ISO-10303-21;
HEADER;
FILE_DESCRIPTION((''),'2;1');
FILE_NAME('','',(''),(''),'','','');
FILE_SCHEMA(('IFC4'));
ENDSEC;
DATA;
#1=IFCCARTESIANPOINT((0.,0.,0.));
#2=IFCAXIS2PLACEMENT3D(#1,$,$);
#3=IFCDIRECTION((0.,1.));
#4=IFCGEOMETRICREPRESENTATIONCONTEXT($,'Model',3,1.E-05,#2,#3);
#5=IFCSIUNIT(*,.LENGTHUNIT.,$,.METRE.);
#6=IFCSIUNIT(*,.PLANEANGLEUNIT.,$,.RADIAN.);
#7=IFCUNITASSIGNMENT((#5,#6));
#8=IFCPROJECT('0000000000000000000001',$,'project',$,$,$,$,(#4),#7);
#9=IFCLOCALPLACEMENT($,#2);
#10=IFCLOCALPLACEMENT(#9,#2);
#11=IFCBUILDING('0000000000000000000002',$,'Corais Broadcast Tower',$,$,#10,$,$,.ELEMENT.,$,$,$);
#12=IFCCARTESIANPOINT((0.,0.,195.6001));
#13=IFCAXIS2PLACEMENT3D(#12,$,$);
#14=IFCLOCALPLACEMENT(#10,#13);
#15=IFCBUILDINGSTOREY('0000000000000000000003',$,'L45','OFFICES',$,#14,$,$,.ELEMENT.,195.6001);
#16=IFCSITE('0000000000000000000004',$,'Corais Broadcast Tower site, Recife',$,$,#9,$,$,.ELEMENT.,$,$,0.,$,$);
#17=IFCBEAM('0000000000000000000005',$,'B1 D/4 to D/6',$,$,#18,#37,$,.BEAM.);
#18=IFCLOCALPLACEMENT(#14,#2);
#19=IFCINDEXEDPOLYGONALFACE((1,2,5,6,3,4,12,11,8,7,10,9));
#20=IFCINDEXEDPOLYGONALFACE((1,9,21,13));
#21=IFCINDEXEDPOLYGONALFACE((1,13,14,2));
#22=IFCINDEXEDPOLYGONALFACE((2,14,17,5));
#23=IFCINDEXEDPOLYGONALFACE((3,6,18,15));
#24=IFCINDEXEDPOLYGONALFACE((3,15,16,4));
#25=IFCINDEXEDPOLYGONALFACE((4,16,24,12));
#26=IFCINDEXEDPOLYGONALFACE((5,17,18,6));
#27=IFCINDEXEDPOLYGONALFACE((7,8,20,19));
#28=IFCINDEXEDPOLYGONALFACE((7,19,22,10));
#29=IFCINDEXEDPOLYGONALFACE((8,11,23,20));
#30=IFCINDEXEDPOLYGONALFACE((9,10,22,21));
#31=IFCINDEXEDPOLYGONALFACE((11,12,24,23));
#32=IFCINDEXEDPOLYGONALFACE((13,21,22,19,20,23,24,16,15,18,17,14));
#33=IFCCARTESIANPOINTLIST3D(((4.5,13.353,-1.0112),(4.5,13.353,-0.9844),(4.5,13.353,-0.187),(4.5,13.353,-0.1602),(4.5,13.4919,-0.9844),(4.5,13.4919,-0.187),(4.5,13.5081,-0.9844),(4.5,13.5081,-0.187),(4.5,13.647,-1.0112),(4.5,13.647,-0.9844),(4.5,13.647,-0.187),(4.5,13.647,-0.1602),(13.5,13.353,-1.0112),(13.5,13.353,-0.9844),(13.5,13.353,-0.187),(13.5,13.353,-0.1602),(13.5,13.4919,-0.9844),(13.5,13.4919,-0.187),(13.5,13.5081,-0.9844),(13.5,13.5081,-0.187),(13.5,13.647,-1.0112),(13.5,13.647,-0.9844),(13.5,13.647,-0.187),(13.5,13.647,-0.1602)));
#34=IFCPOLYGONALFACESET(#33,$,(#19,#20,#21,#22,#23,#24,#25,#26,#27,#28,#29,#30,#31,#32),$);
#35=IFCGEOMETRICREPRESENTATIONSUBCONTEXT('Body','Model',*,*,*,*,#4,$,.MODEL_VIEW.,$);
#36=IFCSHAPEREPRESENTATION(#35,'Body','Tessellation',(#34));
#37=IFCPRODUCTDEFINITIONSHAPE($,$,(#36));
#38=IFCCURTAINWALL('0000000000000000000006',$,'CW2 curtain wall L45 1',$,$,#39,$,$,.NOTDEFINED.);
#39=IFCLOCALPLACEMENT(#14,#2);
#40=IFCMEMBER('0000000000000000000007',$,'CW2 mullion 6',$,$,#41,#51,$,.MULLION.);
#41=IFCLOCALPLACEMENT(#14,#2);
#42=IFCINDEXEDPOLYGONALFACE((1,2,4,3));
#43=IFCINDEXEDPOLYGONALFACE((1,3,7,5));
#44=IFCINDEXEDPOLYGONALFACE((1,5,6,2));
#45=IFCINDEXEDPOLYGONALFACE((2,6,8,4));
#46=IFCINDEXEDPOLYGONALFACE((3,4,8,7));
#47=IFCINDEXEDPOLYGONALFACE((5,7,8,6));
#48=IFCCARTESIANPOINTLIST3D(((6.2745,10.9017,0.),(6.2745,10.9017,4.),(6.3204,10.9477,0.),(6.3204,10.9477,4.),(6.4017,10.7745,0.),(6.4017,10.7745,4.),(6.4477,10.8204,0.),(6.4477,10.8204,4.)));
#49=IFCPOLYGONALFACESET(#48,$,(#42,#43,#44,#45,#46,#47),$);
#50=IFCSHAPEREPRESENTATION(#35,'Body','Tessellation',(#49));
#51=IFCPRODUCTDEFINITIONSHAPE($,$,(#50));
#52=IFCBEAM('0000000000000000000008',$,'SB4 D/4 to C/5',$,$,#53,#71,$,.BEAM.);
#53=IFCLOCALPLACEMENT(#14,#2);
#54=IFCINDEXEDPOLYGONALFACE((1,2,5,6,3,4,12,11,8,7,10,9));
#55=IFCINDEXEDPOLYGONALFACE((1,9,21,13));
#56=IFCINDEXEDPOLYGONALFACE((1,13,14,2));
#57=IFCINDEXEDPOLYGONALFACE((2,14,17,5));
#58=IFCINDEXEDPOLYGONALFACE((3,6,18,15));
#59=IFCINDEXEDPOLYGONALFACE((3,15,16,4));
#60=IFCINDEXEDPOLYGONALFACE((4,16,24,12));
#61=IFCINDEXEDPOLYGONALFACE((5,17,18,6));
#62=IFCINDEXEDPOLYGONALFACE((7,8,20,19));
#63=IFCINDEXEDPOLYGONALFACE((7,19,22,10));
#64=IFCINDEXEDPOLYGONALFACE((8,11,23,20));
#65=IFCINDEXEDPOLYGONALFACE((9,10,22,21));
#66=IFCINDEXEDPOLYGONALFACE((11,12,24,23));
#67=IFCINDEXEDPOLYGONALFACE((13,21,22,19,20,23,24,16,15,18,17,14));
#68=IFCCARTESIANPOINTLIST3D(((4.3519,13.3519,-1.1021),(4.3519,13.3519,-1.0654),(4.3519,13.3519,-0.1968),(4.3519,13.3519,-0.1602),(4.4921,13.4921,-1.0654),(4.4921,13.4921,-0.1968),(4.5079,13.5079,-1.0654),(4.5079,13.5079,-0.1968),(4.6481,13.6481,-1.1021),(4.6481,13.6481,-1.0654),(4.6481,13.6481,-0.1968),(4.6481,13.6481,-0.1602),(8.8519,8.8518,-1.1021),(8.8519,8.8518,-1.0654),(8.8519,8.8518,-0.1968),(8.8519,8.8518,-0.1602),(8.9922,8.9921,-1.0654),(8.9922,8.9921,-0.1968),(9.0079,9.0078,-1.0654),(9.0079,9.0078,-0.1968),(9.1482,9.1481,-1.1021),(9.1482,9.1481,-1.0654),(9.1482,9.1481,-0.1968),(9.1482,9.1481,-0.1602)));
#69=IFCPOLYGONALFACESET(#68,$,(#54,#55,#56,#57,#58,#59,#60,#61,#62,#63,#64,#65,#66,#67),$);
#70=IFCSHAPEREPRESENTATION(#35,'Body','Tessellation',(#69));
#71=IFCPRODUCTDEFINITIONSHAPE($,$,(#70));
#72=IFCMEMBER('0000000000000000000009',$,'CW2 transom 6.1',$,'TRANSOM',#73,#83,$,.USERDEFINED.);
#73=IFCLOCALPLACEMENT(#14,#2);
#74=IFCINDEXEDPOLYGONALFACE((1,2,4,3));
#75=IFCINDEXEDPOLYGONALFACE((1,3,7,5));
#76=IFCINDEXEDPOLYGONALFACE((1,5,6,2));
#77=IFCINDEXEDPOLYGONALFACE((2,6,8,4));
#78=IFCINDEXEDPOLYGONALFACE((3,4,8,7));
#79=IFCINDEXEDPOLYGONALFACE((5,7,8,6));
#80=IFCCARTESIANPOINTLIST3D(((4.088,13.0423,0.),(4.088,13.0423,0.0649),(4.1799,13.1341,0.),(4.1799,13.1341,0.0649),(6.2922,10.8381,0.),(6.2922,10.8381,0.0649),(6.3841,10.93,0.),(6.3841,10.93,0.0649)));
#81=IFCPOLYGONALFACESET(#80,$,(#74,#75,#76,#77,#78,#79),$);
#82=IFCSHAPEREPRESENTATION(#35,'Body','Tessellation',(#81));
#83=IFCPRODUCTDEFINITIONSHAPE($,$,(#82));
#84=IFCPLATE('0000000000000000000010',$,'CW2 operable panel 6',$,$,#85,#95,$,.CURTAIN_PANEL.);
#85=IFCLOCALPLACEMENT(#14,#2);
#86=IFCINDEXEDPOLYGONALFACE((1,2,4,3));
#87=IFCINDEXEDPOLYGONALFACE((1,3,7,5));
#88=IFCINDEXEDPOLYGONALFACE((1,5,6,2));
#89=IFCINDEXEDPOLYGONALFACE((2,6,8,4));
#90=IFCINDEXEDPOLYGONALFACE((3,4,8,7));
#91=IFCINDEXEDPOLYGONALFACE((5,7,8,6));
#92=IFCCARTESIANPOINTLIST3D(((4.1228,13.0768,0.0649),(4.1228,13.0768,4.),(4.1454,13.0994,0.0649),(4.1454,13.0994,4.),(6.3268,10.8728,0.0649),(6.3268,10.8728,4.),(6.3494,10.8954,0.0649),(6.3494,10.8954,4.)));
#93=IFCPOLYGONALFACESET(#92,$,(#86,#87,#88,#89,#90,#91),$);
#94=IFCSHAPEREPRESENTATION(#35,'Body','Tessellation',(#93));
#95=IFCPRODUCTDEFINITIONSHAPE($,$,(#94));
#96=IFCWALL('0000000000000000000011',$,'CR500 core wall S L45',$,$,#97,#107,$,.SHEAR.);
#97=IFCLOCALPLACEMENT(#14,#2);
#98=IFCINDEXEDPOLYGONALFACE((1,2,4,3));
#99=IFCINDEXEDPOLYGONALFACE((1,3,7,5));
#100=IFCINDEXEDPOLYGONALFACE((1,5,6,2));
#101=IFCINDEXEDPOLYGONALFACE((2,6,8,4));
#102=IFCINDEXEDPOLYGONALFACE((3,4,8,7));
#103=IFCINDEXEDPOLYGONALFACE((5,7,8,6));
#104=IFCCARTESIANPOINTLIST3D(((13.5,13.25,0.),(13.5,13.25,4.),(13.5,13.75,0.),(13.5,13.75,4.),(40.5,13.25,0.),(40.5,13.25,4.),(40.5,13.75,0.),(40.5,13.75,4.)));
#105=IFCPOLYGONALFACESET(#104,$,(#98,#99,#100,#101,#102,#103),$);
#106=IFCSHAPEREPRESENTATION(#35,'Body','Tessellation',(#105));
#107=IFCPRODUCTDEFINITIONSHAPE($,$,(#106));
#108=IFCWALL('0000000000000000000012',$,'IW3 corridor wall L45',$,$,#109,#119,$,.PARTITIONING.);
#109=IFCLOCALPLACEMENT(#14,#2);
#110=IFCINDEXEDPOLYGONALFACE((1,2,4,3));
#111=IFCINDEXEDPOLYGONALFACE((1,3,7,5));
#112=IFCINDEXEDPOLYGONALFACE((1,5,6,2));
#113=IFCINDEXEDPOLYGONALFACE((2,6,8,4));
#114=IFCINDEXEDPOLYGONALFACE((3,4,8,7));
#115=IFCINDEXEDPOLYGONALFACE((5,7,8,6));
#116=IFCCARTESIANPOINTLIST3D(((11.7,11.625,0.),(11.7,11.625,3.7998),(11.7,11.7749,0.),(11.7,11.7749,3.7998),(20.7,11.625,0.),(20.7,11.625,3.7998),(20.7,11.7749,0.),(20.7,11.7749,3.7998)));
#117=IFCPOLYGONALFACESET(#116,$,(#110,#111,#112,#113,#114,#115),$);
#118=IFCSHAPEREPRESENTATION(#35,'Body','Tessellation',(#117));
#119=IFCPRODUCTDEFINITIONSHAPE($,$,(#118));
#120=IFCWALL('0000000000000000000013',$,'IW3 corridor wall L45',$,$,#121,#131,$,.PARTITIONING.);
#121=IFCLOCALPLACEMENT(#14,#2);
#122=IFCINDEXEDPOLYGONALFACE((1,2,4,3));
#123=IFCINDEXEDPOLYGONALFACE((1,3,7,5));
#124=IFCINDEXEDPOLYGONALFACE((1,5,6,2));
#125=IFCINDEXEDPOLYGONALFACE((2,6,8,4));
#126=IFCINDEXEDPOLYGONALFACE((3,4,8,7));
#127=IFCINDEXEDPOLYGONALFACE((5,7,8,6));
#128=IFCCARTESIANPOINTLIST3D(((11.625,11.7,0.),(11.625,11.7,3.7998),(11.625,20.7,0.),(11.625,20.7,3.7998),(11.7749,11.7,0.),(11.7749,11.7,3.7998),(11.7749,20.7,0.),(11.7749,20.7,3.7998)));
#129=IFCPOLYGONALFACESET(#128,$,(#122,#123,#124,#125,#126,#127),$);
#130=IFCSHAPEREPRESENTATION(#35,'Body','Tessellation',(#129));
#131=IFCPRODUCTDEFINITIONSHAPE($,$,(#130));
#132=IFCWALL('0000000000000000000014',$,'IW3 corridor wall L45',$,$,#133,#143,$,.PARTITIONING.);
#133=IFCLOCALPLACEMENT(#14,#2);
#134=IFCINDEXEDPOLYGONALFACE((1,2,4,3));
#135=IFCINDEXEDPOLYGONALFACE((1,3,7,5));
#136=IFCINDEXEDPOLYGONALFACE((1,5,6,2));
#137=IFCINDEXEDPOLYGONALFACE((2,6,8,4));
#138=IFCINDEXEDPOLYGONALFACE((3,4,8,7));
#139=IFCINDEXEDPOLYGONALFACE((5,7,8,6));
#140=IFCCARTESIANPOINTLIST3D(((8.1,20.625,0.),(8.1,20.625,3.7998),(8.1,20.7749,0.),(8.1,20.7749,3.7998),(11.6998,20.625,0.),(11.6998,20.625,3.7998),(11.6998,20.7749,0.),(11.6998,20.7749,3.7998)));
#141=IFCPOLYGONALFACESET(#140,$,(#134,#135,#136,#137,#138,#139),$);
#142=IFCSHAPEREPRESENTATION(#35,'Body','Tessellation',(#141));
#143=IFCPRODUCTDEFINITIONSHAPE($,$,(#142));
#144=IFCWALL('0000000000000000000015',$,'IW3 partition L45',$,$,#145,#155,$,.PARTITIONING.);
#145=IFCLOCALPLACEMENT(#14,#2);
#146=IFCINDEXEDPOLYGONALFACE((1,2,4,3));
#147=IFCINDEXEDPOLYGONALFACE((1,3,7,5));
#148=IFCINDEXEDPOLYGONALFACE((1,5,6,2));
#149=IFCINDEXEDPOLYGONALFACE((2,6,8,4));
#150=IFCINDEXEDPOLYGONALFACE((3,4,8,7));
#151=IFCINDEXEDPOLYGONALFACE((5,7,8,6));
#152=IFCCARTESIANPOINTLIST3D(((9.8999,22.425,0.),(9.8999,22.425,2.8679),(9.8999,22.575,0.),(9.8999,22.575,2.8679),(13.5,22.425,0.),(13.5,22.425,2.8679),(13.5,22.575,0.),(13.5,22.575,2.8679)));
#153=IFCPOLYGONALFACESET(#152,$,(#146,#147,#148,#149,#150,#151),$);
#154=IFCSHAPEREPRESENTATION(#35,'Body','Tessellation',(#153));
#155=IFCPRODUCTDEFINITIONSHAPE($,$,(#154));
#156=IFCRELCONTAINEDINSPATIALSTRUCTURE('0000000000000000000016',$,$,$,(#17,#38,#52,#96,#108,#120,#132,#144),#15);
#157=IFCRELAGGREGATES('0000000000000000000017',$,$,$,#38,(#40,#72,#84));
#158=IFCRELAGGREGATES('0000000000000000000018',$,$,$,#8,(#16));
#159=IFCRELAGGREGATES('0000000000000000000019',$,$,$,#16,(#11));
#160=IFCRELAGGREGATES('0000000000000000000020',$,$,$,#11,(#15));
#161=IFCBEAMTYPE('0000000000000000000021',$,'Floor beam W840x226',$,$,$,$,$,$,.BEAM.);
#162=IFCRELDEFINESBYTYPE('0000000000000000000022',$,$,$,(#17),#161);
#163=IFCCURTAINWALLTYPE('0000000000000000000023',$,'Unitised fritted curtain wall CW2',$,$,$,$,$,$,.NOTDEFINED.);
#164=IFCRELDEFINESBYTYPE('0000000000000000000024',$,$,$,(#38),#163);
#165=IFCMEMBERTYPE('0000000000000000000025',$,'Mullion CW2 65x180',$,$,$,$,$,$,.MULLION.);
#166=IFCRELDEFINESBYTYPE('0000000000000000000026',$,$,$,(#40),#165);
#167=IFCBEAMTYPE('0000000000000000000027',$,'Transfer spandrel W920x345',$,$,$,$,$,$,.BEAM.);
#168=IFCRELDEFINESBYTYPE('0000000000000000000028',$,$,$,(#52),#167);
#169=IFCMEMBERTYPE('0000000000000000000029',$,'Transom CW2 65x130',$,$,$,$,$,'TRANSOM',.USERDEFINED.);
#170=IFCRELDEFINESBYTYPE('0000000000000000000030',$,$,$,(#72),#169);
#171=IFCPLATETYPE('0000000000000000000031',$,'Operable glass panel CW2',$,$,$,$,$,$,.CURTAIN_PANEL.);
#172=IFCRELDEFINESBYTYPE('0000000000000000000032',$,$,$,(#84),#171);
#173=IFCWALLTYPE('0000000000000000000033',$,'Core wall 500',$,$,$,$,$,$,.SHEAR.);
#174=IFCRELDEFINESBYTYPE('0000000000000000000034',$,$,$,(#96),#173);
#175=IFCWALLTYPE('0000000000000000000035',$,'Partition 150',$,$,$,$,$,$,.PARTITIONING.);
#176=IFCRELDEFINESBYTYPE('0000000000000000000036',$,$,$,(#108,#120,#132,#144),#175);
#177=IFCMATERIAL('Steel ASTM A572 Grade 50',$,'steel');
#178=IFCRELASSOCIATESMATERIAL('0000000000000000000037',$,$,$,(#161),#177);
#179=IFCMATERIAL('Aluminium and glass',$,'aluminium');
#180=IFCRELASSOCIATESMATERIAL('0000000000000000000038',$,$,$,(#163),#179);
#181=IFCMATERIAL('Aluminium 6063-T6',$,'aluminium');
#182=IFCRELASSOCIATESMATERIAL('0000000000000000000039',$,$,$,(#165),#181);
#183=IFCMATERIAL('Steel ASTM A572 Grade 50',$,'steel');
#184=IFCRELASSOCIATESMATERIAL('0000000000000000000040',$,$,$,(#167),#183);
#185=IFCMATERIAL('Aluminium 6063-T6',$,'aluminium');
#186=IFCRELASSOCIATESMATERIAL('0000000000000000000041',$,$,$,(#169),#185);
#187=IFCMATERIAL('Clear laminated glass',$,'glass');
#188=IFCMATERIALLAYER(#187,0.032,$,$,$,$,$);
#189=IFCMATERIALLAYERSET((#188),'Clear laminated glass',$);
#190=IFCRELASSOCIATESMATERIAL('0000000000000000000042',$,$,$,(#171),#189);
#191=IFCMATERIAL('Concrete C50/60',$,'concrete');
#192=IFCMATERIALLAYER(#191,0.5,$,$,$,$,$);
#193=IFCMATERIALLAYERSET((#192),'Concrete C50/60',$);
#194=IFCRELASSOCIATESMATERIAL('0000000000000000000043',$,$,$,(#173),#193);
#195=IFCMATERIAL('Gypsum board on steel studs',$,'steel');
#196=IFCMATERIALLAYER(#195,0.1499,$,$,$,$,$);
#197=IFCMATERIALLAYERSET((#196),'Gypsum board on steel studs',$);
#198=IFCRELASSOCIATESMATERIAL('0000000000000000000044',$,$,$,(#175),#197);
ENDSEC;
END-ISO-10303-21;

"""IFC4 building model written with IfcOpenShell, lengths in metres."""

from ifc_helpers import new_model, si_unit, direction, frame, frame_2d, origin, origin_2d, place, context, subcontext, project, spatial, rectangle, i_section, extrude, material, layer, layer_set, material_profile, profile_set, type_object, element, aggregate, save


model = new_model("IFC4")

# Units and contexts
model_context = context("Model", 3, precision=1e-05, world=origin(), true_north=direction((0.0, 1.0)))
body_context = subcontext(model_context, "Body", "Model", "MODEL_VIEW")
ifc_project = project(units=[si_unit("LENGTHUNIT", "METRE"), si_unit("PLANEANGLEUNIT", "RADIAN")], contexts=[model_context])

# Site, building, storey
site_placement = place(None, origin())
site = spatial("IfcSite", under=ifc_project, at=site_placement, Name="Corais Broadcast Tower site, Recife", CompositionType="ELEMENT", RefElevation=0.0)
building_placement = place(site_placement, origin())
building = spatial("IfcBuilding", under=site, at=building_placement, Name="Corais Broadcast Tower", CompositionType="ELEMENT")
storey_placement = place(building_placement, frame((0.0, 0.0, 195.6001)))
storey = spatial("IfcBuildingStorey", under=building, at=storey_placement, Name="L45", Description="OFFICES", CompositionType="ELEMENT", Elevation=195.6001)

# Beam
ifc_material_1 = material(Name="Steel ASTM A572 Grade 50", Category="steel")
ifc_material_profile_1 = material_profile(ifc_material_1, i_section(OverallWidth=0.2939, OverallDepth=0.8511, WebThickness=0.0161, FlangeThickness=0.0269, at=origin_2d()), Name="W840x226")
ifc_profile_set_1 = profile_set([ifc_material_profile_1], Name="Steel ASTM A572 Grade 50")
beam_type_1 = type_object("IfcBeamType", Name="Floor beam W840x226", PredefinedType="BEAM", material=ifc_profile_set_1)
beam_1_placement = place(storey_placement, frame((4.5, 13.5, -0.5857), z_axis=(1.0, 0.0, 0.0), x_axis=(0.0, 1.0, 0.0)))
element("IfcBeam", 1, at=beam_1_placement, inside=storey, type_object=beam_type_1, Name="B1 D/4 to D/6", PredefinedType="BEAM", context=body_context, shape_type="SweptSolid", body=[
    extrude(i_section(OverallWidth=0.2939, OverallDepth=0.8511, WebThickness=0.0161, FlangeThickness=0.0269, at=origin_2d()), origin(), (0.0, 0.0, 1.0), 9.0),
])

# Curtain wall, member
ifc_material_2 = material(Name="Aluminium and glass", Category="aluminium")
curtain_wall_type = type_object("IfcCurtainWallType", Name="Unitised fritted curtain wall CW2", PredefinedType="NOTDEFINED", material=ifc_material_2)
curtain_wall_placement = place(storey_placement, origin())
curtain_wall = element("IfcCurtainWall", 2, at=curtain_wall_placement, inside=storey, type_object=curtain_wall_type, Name="CW2 curtain wall L45 1", PredefinedType="NOTDEFINED")
ifc_material_3 = material(Name="Aluminium 6063-T6", Category="aluminium")
ifc_material_profile_2 = material_profile(ifc_material_3, rectangle(XDim=0.0649, YDim=0.1799, at=origin_2d()), Name="Mullion CW2 65x180")
ifc_profile_set_2 = profile_set([ifc_material_profile_2], Name="Aluminium 6063-T6")
member_type_1 = type_object("IfcMemberType", Name="Mullion CW2 65x180", PredefinedType="MULLION", material=ifc_profile_set_2)
member_1_placement = place(storey_placement, frame((6.3611, 10.8611, 0.0), z_axis=(0.0, 0.0, 1.0), x_axis=(-0.707107, -0.707107, 0.0)))
member_1 = element("IfcMember", 3, at=member_1_placement, type_object=member_type_1, Name="CW2 mullion 6", PredefinedType="MULLION", context=body_context, shape_type="SweptSolid", body=[
    extrude(rectangle(XDim=0.0649, YDim=0.1799, at=origin_2d()), origin(), (0.0, 0.0, 1.0), 4.0),
])

# Beam
ifc_material_4 = material(Name="Steel ASTM A572 Grade 50", Category="steel")
ifc_material_profile_3 = material_profile(ifc_material_4, i_section(OverallWidth=0.4189, OverallDepth=0.9419, WebThickness=0.0222, FlangeThickness=0.0366, at=origin_2d()), Name="W920x345")
ifc_profile_set_3 = profile_set([ifc_material_profile_3], Name="Steel ASTM A572 Grade 50")
beam_type_2 = type_object("IfcBeamType", Name="Transfer spandrel W920x345", PredefinedType="BEAM", material=ifc_profile_set_3)
beam_2_placement = place(storey_placement, frame((4.5, 13.5, -0.6311), z_axis=(0.707107, -0.707107, 0.0), x_axis=(0.707107, 0.707107, 0.0)))
element("IfcBeam", 4, at=beam_2_placement, inside=storey, type_object=beam_type_2, Name="SB4 D/4 to C/5", PredefinedType="BEAM", context=body_context, shape_type="SweptSolid", body=[
    extrude(i_section(OverallWidth=0.4189, OverallDepth=0.9419, WebThickness=0.0222, FlangeThickness=0.0366, at=origin_2d()), origin(), (0.0, 0.0, 1.0), 6.364),
])

# Member
ifc_material_5 = material(Name="Aluminium 6063-T6", Category="aluminium")
ifc_material_profile_4 = material_profile(ifc_material_5, rectangle(XDim=0.1299, YDim=0.0649, at=origin_2d()), Name="Transom CW2 65x130")
ifc_profile_set_4 = profile_set([ifc_material_profile_4], Name="Aluminium 6063-T6")
member_type_2 = type_object("IfcMemberType", Name="Transom CW2 65x130", ElementType="TRANSOM", PredefinedType="USERDEFINED", material=ifc_profile_set_4)
member_2_placement = place(storey_placement, frame((6.3381, 10.884, 0.0325), z_axis=(-0.707107, 0.707107, 0.0), x_axis=(-0.707107, -0.707107, 0.0)))
member_2 = element("IfcMember", 5, at=member_2_placement, type_object=member_type_2, Name="CW2 transom 6.1", ObjectType="TRANSOM", PredefinedType="USERDEFINED", context=body_context, shape_type="SweptSolid", body=[
    extrude(rectangle(XDim=0.1299, YDim=0.0649, at=origin_2d()), origin(), (0.0, 0.0, 1.0), 3.1172),
])

# Plate
ifc_material_6 = material(Name="Clear laminated glass", Category="glass")
ifc_layer_1 = layer(ifc_material_6, 0.032)
ifc_layer_set_1 = layer_set([ifc_layer_1], Name="Clear laminated glass")
plate_type = type_object("IfcPlateType", Name="Operable glass panel CW2", PredefinedType="CURTAIN_PANEL", material=ifc_layer_set_1)
plate_placement = place(storey_placement, frame((5.2361, 11.9861, 0.0649), z_axis=(0.0, 0.0, 1.0), x_axis=(-0.707107, 0.707107, 0.0)))
plate = element("IfcPlate", 6, at=plate_placement, type_object=plate_type, Name="CW2 operable panel 6", PredefinedType="CURTAIN_PANEL", context=body_context, shape_type="SweptSolid", body=[
    extrude(rectangle(XDim=3.1169, YDim=0.032, at=origin_2d()), origin(), (0.0, 0.0, 1.0), 3.9351),
])
aggregate(curtain_wall, [member_1, member_2, plate])

# Walls
ifc_material_7 = material(Name="Concrete C50/60", Category="concrete")
ifc_layer_2 = layer(ifc_material_7, 0.5)
ifc_layer_set_2 = layer_set([ifc_layer_2], Name="Concrete C50/60")
wall_type_1 = type_object("IfcWallType", Name="Core wall 500", PredefinedType="SHEAR", material=ifc_layer_set_2)
wall_1_placement = place(storey_placement, frame((13.5, 13.5, 0.0), z_axis=(0.0, 0.0, 1.0), x_axis=(1.0, 0.0, 0.0)))
element("IfcWall", 7, at=wall_1_placement, inside=storey, type_object=wall_type_1, Name="CR500 core wall S L45", PredefinedType="SHEAR", context=body_context, shape_type="SweptSolid", body=[
    extrude(rectangle(XDim=27.0, YDim=0.5, at=frame_2d((13.5, 0.0))), origin(), (0.0, 0.0, 1.0), 4.0),
])
ifc_material_8 = material(Name="Gypsum board on steel studs", Category="steel")
ifc_layer_3 = layer(ifc_material_8, 0.1499)
ifc_layer_set_3 = layer_set([ifc_layer_3], Name="Gypsum board on steel studs")
wall_type_2 = type_object("IfcWallType", Name="Partition 150", PredefinedType="PARTITIONING", material=ifc_layer_set_3)
for number, where, z_axis, x_axis, name in (
    (8, (11.7, 11.7, 0.0), (0.0, 0.0, 1.0), (1.0, 0.0, 0.0), "IW3 corridor wall L45"),
    (9, (11.7, 20.7, 0.0), (0.0, 0.0, 1.0), (0.0, -1.0, 0.0), "IW3 corridor wall L45"),
):
    element("IfcWall", number, at=place(storey_placement, frame(where, z_axis=z_axis, x_axis=x_axis)), inside=storey, type_object=wall_type_2, Name=name, PredefinedType="PARTITIONING", context=body_context, shape_type="SweptSolid", body=[
        extrude(rectangle(XDim=9.0, YDim=0.1499, at=frame_2d((4.5, 0.0))), origin(), (0.0, 0.0, 1.0), 3.7998),
    ])
wall_2_placement = place(storey_placement, frame((8.1001, 20.7, 0.0), z_axis=(0.0, 0.0, 1.0), x_axis=(1.0, 0.0, 0.0)))
element("IfcWall", 10, at=wall_2_placement, inside=storey, type_object=wall_type_2, Name="IW3 corridor wall L45", PredefinedType="PARTITIONING", context=body_context, shape_type="SweptSolid", body=[
    extrude(rectangle(XDim=3.5999, YDim=0.1499, at=frame_2d((1.7998, 0.0))), origin(), (0.0, 0.0, 1.0), 3.7998),
])
wall_3_placement = place(storey_placement, frame((9.8999, 22.5, 0.0), z_axis=(0.0, 0.0, 1.0), x_axis=(1.0, 0.0, 0.0)))
element("IfcWall", 11, at=wall_3_placement, inside=storey, type_object=wall_type_2, Name="IW3 partition L45", PredefinedType="PARTITIONING", context=body_context, shape_type="SweptSolid", body=[
    extrude(rectangle(XDim=3.6001, YDim=0.1499, at=frame_2d((1.8, 0.0))), origin(), (0.0, 0.0, 1.0), 2.8679),
])

save(model, "model.ifc")
